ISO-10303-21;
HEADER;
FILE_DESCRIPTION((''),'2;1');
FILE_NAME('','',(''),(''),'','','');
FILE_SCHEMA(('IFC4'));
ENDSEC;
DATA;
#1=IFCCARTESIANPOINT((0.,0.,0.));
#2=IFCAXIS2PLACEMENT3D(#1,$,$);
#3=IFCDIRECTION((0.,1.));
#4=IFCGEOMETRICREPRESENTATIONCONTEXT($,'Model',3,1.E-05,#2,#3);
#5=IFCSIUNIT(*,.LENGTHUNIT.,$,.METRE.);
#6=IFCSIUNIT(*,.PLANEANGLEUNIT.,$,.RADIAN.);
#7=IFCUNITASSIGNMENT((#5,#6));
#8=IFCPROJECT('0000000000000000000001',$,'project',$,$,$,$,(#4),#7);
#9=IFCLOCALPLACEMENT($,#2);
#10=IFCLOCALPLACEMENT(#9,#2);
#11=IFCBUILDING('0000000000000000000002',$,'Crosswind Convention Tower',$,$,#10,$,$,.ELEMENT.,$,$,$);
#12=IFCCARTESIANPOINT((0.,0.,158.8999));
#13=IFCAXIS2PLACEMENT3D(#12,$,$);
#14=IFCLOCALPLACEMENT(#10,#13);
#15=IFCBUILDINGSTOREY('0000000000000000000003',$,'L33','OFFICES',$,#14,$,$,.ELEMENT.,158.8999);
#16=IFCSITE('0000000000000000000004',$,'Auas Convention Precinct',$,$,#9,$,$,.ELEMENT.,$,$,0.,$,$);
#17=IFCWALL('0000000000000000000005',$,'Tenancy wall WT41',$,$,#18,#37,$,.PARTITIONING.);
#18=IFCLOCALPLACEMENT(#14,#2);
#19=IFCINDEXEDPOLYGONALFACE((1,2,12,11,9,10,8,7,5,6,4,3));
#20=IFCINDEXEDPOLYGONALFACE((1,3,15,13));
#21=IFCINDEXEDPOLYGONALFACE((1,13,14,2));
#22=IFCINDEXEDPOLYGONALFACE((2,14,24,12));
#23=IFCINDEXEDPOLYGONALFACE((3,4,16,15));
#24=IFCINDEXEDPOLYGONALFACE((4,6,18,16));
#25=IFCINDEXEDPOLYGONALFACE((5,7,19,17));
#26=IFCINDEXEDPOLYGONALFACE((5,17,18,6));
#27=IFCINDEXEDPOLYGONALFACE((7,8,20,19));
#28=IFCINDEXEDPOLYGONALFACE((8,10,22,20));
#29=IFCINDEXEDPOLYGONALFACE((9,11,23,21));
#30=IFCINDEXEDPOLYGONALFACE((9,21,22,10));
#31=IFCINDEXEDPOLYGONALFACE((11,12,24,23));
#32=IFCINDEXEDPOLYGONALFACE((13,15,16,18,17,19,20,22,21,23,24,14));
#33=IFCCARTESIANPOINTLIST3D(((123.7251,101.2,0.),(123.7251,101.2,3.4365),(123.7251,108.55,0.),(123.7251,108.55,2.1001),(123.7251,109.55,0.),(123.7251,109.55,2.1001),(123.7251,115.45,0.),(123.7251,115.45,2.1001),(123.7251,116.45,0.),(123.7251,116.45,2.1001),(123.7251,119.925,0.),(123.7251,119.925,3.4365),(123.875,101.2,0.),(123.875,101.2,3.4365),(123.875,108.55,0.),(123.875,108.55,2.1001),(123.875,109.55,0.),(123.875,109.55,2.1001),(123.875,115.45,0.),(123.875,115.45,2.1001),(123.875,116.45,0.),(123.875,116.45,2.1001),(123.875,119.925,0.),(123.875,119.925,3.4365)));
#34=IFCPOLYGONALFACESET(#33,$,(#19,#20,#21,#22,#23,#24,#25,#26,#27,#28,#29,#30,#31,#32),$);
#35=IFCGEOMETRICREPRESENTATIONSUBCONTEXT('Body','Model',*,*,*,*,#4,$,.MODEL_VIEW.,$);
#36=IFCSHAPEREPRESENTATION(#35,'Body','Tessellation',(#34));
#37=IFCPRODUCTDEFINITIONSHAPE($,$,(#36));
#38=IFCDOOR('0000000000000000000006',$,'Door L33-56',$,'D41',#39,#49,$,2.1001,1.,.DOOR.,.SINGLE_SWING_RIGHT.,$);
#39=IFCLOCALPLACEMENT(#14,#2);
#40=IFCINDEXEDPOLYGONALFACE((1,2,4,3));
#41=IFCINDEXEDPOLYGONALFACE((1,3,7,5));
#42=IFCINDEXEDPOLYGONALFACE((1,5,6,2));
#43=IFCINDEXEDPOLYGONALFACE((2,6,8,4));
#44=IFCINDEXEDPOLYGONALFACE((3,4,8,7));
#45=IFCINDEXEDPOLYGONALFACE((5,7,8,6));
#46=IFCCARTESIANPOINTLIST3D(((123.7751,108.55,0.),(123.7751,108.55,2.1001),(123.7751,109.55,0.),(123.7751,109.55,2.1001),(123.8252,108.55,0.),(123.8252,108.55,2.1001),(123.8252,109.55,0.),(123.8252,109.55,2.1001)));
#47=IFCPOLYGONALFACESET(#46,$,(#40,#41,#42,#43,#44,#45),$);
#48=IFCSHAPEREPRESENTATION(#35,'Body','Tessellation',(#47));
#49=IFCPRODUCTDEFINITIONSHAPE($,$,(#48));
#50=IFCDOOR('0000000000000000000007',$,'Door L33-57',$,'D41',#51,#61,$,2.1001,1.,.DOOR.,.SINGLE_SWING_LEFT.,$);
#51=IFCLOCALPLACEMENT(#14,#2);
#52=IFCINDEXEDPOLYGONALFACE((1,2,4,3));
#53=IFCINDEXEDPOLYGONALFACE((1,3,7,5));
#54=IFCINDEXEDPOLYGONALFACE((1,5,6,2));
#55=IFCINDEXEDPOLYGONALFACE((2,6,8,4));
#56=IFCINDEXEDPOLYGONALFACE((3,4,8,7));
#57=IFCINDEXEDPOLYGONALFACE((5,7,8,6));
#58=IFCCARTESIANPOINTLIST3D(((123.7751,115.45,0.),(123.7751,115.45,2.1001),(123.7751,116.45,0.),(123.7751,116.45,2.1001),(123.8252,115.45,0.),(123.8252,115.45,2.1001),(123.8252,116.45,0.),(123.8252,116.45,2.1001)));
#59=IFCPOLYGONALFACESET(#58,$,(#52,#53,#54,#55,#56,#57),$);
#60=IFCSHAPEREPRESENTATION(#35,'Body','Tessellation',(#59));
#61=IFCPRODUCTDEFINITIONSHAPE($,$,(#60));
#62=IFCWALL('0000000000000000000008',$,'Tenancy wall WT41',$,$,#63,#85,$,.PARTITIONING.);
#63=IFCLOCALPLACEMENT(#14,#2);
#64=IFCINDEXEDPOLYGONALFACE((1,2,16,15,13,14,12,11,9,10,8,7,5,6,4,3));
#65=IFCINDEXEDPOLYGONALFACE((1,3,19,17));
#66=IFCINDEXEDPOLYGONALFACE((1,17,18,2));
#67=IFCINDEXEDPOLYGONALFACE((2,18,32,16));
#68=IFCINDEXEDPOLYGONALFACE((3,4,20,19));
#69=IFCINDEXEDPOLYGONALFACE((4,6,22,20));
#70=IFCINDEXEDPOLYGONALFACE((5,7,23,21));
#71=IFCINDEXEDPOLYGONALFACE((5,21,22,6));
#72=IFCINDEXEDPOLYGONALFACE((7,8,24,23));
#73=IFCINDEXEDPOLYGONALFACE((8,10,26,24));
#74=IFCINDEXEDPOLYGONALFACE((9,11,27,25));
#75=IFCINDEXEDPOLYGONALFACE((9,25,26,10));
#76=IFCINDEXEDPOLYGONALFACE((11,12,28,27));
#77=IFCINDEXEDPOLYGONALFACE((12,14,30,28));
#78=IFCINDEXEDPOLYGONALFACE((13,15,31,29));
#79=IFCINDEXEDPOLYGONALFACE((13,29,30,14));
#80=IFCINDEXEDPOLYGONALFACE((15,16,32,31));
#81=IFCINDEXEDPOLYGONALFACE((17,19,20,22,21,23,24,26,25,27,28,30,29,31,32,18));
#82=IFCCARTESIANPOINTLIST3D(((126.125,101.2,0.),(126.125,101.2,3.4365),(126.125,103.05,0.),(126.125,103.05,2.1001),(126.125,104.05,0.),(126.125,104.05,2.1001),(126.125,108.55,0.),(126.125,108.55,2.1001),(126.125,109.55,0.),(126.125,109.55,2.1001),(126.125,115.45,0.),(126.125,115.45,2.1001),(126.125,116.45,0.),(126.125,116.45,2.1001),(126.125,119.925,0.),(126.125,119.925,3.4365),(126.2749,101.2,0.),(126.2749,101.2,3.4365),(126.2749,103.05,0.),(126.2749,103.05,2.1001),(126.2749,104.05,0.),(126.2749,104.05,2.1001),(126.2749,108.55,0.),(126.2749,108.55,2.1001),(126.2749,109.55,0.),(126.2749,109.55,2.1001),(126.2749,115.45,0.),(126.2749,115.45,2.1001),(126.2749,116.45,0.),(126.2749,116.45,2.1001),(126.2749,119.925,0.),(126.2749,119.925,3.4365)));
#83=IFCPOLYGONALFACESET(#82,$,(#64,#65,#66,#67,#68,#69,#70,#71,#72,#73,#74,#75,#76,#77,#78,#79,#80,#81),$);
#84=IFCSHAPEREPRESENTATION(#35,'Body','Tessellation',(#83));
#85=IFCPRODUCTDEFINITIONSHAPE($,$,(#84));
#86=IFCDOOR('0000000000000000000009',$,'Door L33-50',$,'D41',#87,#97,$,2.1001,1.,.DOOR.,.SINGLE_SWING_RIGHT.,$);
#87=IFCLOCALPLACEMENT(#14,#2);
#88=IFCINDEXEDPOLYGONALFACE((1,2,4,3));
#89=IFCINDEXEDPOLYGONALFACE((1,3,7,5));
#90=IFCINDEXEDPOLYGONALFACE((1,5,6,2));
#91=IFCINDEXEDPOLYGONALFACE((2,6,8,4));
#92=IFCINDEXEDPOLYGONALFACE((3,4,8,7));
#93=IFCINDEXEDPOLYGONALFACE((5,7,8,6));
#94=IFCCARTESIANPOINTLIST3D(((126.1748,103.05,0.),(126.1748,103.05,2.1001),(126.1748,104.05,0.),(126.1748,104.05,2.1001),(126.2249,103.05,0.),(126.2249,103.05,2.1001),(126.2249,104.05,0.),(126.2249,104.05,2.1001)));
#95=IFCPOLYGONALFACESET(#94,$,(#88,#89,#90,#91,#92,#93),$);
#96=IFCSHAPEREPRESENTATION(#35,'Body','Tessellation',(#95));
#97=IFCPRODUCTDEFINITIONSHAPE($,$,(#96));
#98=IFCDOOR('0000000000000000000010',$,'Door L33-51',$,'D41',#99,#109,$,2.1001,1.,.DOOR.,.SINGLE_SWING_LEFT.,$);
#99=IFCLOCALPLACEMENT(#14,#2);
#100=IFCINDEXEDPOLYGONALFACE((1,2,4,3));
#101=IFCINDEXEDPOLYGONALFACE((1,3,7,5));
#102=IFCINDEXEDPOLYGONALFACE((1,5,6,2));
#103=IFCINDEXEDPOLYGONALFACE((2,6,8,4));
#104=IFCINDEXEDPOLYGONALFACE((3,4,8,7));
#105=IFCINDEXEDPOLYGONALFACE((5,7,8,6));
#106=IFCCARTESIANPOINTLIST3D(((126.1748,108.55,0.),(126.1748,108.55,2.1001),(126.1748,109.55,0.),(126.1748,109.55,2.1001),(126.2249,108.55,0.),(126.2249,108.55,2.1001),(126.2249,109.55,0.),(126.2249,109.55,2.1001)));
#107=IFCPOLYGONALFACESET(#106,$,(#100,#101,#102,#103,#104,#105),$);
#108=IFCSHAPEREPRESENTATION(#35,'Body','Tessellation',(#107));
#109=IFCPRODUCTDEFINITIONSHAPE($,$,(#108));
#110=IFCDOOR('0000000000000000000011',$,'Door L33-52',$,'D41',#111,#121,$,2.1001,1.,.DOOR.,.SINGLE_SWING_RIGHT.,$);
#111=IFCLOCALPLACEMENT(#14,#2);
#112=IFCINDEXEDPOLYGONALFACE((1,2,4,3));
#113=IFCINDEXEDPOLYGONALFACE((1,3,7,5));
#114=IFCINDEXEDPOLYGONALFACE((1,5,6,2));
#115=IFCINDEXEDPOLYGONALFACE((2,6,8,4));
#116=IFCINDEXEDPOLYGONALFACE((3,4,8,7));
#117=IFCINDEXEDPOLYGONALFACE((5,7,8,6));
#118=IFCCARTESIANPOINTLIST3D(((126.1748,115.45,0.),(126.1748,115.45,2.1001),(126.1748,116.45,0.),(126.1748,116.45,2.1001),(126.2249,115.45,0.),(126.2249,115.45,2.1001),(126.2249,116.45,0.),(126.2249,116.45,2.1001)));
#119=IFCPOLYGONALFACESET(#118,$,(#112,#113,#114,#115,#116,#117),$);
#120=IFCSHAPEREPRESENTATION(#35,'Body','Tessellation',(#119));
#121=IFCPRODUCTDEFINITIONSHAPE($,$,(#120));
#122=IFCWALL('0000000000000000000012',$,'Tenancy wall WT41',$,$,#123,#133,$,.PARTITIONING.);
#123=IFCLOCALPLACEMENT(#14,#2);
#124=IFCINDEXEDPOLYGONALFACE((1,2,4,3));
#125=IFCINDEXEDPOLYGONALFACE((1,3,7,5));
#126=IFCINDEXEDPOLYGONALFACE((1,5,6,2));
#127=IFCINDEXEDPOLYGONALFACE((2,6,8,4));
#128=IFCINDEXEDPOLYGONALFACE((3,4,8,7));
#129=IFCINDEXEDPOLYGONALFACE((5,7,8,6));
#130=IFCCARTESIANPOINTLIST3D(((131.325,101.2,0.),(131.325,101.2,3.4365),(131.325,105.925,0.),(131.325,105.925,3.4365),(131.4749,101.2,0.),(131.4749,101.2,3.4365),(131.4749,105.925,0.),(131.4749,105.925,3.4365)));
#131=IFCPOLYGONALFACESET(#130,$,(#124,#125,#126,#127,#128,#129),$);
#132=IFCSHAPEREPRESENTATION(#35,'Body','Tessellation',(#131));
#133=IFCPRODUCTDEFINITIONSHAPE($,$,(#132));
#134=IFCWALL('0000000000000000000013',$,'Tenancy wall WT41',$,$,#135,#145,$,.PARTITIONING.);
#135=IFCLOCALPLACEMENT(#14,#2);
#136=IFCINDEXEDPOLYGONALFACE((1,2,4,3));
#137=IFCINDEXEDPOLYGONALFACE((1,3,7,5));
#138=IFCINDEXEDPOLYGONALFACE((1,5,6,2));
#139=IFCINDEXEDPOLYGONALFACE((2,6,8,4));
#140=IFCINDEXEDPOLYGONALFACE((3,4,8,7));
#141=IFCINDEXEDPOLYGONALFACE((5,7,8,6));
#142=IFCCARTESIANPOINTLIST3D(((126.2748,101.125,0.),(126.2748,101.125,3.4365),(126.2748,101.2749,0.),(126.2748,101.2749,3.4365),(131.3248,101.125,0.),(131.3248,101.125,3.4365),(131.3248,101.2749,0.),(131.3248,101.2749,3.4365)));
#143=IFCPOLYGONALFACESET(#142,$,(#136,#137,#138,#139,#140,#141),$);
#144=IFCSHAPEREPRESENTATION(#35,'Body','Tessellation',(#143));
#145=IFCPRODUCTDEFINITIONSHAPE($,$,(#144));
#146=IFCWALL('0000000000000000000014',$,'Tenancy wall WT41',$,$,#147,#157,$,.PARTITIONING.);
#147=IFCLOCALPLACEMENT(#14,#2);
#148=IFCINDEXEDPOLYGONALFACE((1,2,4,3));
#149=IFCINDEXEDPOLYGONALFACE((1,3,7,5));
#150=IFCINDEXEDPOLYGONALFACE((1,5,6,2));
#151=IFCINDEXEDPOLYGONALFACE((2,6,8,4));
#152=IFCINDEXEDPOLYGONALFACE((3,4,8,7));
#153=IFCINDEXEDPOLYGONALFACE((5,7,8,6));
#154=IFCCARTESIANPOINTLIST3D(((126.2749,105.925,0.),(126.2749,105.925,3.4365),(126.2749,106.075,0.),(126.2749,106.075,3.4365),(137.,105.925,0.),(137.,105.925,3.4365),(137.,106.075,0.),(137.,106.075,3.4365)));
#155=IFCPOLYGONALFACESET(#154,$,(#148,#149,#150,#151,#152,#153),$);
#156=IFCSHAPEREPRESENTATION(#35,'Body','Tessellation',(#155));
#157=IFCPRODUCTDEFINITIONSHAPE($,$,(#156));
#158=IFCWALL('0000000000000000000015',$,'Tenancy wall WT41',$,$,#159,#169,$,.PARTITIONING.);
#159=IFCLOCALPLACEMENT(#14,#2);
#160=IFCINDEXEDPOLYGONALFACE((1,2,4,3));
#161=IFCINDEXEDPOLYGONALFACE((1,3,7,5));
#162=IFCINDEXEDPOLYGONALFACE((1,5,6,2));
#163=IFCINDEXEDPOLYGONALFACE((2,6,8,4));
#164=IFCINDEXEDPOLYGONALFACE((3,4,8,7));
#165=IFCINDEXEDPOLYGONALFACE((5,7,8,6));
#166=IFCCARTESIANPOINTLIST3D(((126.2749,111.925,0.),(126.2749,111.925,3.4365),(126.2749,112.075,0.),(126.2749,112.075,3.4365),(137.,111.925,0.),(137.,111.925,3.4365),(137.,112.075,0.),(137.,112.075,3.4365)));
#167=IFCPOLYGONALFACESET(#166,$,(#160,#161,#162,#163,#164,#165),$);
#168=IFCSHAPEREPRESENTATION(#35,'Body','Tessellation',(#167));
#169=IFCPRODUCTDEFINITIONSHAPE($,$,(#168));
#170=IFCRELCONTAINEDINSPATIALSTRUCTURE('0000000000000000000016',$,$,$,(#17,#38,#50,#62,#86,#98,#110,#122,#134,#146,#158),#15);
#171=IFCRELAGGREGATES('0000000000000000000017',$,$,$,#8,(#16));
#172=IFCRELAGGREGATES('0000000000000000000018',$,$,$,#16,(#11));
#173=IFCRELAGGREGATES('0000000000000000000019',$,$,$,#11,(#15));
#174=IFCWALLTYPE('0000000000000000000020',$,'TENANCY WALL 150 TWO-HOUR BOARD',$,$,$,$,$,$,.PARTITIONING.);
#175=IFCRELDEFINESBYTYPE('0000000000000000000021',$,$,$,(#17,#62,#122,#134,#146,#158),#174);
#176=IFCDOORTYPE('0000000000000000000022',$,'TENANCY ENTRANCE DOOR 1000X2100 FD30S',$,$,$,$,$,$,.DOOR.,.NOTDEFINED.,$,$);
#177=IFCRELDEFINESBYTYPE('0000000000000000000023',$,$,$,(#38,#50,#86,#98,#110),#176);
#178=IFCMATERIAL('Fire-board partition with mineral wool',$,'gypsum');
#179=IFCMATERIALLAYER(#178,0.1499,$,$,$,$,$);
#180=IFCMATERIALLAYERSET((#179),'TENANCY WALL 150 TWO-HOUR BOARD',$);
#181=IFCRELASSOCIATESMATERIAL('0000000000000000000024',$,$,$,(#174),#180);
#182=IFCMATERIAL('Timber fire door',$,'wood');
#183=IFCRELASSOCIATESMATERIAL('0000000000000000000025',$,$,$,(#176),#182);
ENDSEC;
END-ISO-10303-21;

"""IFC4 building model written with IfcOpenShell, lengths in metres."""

from ifc_helpers import new_model, si_unit, direction, frame, frame_2d, origin, place, context, subcontext, project, spatial, rectangle, extrude, material, layer, layer_set, type_object, element, fill, save


model = new_model("IFC4")

# Units and contexts
model_context = context("Model", 3, precision=1e-05, world=origin(), true_north=direction((0.0, 1.0)))
body_context = subcontext(model_context, "Body", "Model", "MODEL_VIEW")
ifc_project = project(units=[si_unit("LENGTHUNIT", "METRE"), si_unit("PLANEANGLEUNIT", "RADIAN")], contexts=[model_context])

# Site, building, storey
site_placement = place(None, origin())
site = spatial("IfcSite", under=ifc_project, at=site_placement, Name="Auas Convention Precinct", CompositionType="ELEMENT", RefElevation=0.0)
building_placement = place(site_placement, origin())
building = spatial("IfcBuilding", under=site, at=building_placement, Name="Crosswind Convention Tower", CompositionType="ELEMENT")
storey_placement = place(building_placement, frame((0.0, 0.0, 158.8999)))
storey = spatial("IfcBuildingStorey", under=building, at=storey_placement, Name="L33", Description="OFFICES", CompositionType="ELEMENT", Elevation=158.8999)

# Walls, openings, doors
ifc_material_1 = material(Name="Fire-board partition with mineral wool", Category="gypsum")
ifc_layer_1 = layer(ifc_material_1, 0.1499)
ifc_layer_set_1 = layer_set([ifc_layer_1], Name="TENANCY WALL 150 TWO-HOUR BOARD")
wall_type_1 = type_object("IfcWallType", Name="TENANCY WALL 150 TWO-HOUR BOARD", PredefinedType="PARTITIONING", material=ifc_layer_set_1)
wall_1_placement = place(storey_placement, frame((123.8, 101.2, 0.0), z_axis=(0.0, 0.0, 1.0), x_axis=(0.0, 1.0, 0.0)))
wall_1 = element("IfcWall", 1, at=wall_1_placement, inside=storey, type_object=wall_type_1, Name="Tenancy wall WT41", PredefinedType="PARTITIONING", context=body_context, shape_type="SweptSolid", body=[
    extrude(rectangle(XDim=18.7251, YDim=0.1499, at=frame_2d((9.3625, 0.0))), origin(), (0.0, 0.0, 1.0), 3.4365),
])
opening_1_placement = place(wall_1_placement, frame((7.3501, 0.0, 0.0)))
opening_1 = element("IfcOpeningElement", 2, at=opening_1_placement, cuts=wall_1, PredefinedType="OPENING", context=body_context, shape_type="SweptSolid", body=[
    extrude(rectangle(XDim=1.0, YDim=2.1001, at=frame_2d((0.5, 1.05))), frame((0.0, 0.085, 0.0), z_axis=(0.0, -1.0, 0.0), x_axis=(1.0, 0.0, 0.0)), (0.0, 0.0, 1.0), 0.1699),
])
opening_2_placement = place(wall_1_placement, frame((14.25, 0.0, 0.0)))
opening_2 = element("IfcOpeningElement", 3, at=opening_2_placement, cuts=wall_1, PredefinedType="OPENING", context=body_context, shape_type="SweptSolid", body=[
    extrude(rectangle(XDim=1.0, YDim=2.1001, at=frame_2d((0.5, 1.05))), frame((0.0, 0.085, 0.0), z_axis=(0.0, -1.0, 0.0), x_axis=(1.0, 0.0, 0.0)), (0.0, 0.0, 1.0), 0.1699),
])
ifc_material_2 = material(Name="Timber fire door", Category="wood")
door_type_1 = type_object("IfcDoorType", Name="TENANCY ENTRANCE DOOR 1000X2100 FD30S", OperationType="NOTDEFINED", PredefinedType="DOOR", material=ifc_material_2)
door_1_placement = place(opening_1_placement, origin())
door_1 = element("IfcDoor", 4, at=door_1_placement, inside=storey, type_object=door_type_1, Name="Door L33-56", ObjectType="D41", OperationType="SINGLE_SWING_RIGHT", OverallHeight=2.1001, OverallWidth=1.0, PredefinedType="DOOR", context=body_context, shape_type="SweptSolid", body=[
    extrude(rectangle(XDim=1.0, YDim=2.1001, at=frame_2d((0.5, 1.05))), frame((0.0, 0.0249, 0.0), z_axis=(0.0, -1.0, 0.0), x_axis=(1.0, 0.0, 0.0)), (0.0, 0.0, 1.0), 0.05),
])
fill(opening_1, door_1)
door_2_placement = place(opening_2_placement, origin())
door_2 = element("IfcDoor", 5, at=door_2_placement, inside=storey, type_object=door_type_1, Name="Door L33-57", ObjectType="D41", OperationType="SINGLE_SWING_LEFT", OverallHeight=2.1001, OverallWidth=1.0, PredefinedType="DOOR", context=body_context, shape_type="SweptSolid", body=[
    extrude(rectangle(XDim=1.0, YDim=2.1001, at=frame_2d((0.5, 1.05))), frame((0.0, 0.0249, 0.0), z_axis=(0.0, -1.0, 0.0), x_axis=(1.0, 0.0, 0.0)), (0.0, 0.0, 1.0), 0.05),
])
fill(opening_2, door_2)
wall_2_placement = place(storey_placement, frame((126.2, 101.2, 0.0), z_axis=(0.0, 0.0, 1.0), x_axis=(0.0, 1.0, 0.0)))
wall_2 = element("IfcWall", 6, at=wall_2_placement, inside=storey, type_object=wall_type_1, Name="Tenancy wall WT41", PredefinedType="PARTITIONING", context=body_context, shape_type="SweptSolid", body=[
    extrude(rectangle(XDim=18.7251, YDim=0.1499, at=frame_2d((9.3625, 0.0))), origin(), (0.0, 0.0, 1.0), 3.4365),
])
opening_3_placement = place(wall_2_placement, frame((1.8501, 0.0, 0.0)))
opening_3 = element("IfcOpeningElement", 7, at=opening_3_placement, cuts=wall_2, PredefinedType="OPENING", context=body_context, shape_type="SweptSolid", body=[
    extrude(rectangle(XDim=1.0, YDim=2.1001, at=frame_2d((0.5, 1.05))), frame((0.0, 0.085, 0.0), z_axis=(0.0, -1.0, 0.0), x_axis=(1.0, 0.0, 0.0)), (0.0, 0.0, 1.0), 0.1699),
])
opening_4_placement = place(wall_2_placement, frame((7.3501, 0.0, 0.0)))
opening_4 = element("IfcOpeningElement", 8, at=opening_4_placement, cuts=wall_2, PredefinedType="OPENING", context=body_context, shape_type="SweptSolid", body=[
    extrude(rectangle(XDim=1.0, YDim=2.1001, at=frame_2d((0.5, 1.05))), frame((0.0, 0.085, 0.0), z_axis=(0.0, -1.0, 0.0), x_axis=(1.0, 0.0, 0.0)), (0.0, 0.0, 1.0), 0.1699),
])
opening_5_placement = place(wall_2_placement, frame((14.25, 0.0, 0.0)))
opening_5 = element("IfcOpeningElement", 9, at=opening_5_placement, cuts=wall_2, PredefinedType="OPENING", context=body_context, shape_type="SweptSolid", body=[
    extrude(rectangle(XDim=1.0, YDim=2.1001, at=frame_2d((0.5, 1.05))), frame((0.0, 0.085, 0.0), z_axis=(0.0, -1.0, 0.0), x_axis=(1.0, 0.0, 0.0)), (0.0, 0.0, 1.0), 0.1699),
])
door_3_placement = place(opening_3_placement, frame((1.0, 0.0, 0.0), z_axis=(0.0, 0.0, 1.0), x_axis=(-1.0, 0.0, 0.0)))
door_3 = element("IfcDoor", 10, at=door_3_placement, inside=storey, type_object=door_type_1, Name="Door L33-50", ObjectType="D41", OperationType="SINGLE_SWING_RIGHT", OverallHeight=2.1001, OverallWidth=1.0, PredefinedType="DOOR", context=body_context, shape_type="SweptSolid", body=[
    extrude(rectangle(XDim=1.0, YDim=2.1001, at=frame_2d((0.5, 1.05))), frame((0.0, 0.0249, 0.0), z_axis=(0.0, -1.0, 0.0), x_axis=(1.0, 0.0, 0.0)), (0.0, 0.0, 1.0), 0.05),
])
fill(opening_3, door_3)
door_4_placement = place(opening_4_placement, frame((1.0, 0.0, 0.0), z_axis=(0.0, 0.0, 1.0), x_axis=(-1.0, 0.0, 0.0)))
door_4 = element("IfcDoor", 11, at=door_4_placement, inside=storey, type_object=door_type_1, Name="Door L33-51", ObjectType="D41", OperationType="SINGLE_SWING_LEFT", OverallHeight=2.1001, OverallWidth=1.0, PredefinedType="DOOR", context=body_context, shape_type="SweptSolid", body=[
    extrude(rectangle(XDim=1.0, YDim=2.1001, at=frame_2d((0.5, 1.05))), frame((0.0, 0.0249, 0.0), z_axis=(0.0, -1.0, 0.0), x_axis=(1.0, 0.0, 0.0)), (0.0, 0.0, 1.0), 0.05),
])
fill(opening_4, door_4)
door_5_placement = place(opening_5_placement, frame((1.0, 0.0, 0.0), z_axis=(0.0, 0.0, 1.0), x_axis=(-1.0, 0.0, 0.0)))
door_5 = element("IfcDoor", 12, at=door_5_placement, inside=storey, type_object=door_type_1, Name="Door L33-52", ObjectType="D41", OperationType="SINGLE_SWING_RIGHT", OverallHeight=2.1001, OverallWidth=1.0, PredefinedType="DOOR", context=body_context, shape_type="SweptSolid", body=[
    extrude(rectangle(XDim=1.0, YDim=2.1001, at=frame_2d((0.5, 1.05))), frame((0.0, 0.0249, 0.0), z_axis=(0.0, -1.0, 0.0), x_axis=(1.0, 0.0, 0.0)), (0.0, 0.0, 1.0), 0.05),
])
fill(opening_5, door_5)

# Walls
wall_3_placement = place(storey_placement, frame((131.3999, 101.2, 0.0), z_axis=(0.0, 0.0, 1.0), x_axis=(0.0, 1.0, 0.0)))
element("IfcWall", 13, at=wall_3_placement, inside=storey, type_object=wall_type_1, Name="Tenancy wall WT41", PredefinedType="PARTITIONING", context=body_context, shape_type="SweptSolid", body=[
    extrude(rectangle(XDim=4.7251, YDim=0.1499, at=frame_2d((2.3625, 0.0))), origin(), (0.0, 0.0, 1.0), 3.4365),
])
wall_4_placement = place(storey_placement, frame((126.2749, 101.2, 0.0), z_axis=(0.0, 0.0, 1.0), x_axis=(1.0, 0.0, 0.0)))
element("IfcWall", 14, at=wall_4_placement, inside=storey, type_object=wall_type_1, Name="Tenancy wall WT41", PredefinedType="PARTITIONING", context=body_context, shape_type="SweptSolid", body=[
    extrude(rectangle(XDim=5.05, YDim=0.1499, at=frame_2d((2.5249, 0.0))), origin(), (0.0, 0.0, 1.0), 3.4365),
])
for number, where, z_axis, x_axis, name in (
    (15, (126.2749, 106.0, 0.0), (0.0, 0.0, 1.0), (1.0, 0.0, 0.0), "Tenancy wall WT41"),
    (16, (126.2749, 112.0, 0.0), (0.0, 0.0, 1.0), (1.0, 0.0, 0.0), "Tenancy wall WT41"),
):
    element("IfcWall", number, at=place(storey_placement, frame(where, z_axis=z_axis, x_axis=x_axis)), inside=storey, type_object=wall_type_1, Name=name, PredefinedType="PARTITIONING", context=body_context, shape_type="SweptSolid", body=[
        extrude(rectangle(XDim=10.7251, YDim=0.1499, at=frame_2d((5.3625, 0.0))), origin(), (0.0, 0.0, 1.0), 3.4365),
    ])

save(model, "model.ifc")
